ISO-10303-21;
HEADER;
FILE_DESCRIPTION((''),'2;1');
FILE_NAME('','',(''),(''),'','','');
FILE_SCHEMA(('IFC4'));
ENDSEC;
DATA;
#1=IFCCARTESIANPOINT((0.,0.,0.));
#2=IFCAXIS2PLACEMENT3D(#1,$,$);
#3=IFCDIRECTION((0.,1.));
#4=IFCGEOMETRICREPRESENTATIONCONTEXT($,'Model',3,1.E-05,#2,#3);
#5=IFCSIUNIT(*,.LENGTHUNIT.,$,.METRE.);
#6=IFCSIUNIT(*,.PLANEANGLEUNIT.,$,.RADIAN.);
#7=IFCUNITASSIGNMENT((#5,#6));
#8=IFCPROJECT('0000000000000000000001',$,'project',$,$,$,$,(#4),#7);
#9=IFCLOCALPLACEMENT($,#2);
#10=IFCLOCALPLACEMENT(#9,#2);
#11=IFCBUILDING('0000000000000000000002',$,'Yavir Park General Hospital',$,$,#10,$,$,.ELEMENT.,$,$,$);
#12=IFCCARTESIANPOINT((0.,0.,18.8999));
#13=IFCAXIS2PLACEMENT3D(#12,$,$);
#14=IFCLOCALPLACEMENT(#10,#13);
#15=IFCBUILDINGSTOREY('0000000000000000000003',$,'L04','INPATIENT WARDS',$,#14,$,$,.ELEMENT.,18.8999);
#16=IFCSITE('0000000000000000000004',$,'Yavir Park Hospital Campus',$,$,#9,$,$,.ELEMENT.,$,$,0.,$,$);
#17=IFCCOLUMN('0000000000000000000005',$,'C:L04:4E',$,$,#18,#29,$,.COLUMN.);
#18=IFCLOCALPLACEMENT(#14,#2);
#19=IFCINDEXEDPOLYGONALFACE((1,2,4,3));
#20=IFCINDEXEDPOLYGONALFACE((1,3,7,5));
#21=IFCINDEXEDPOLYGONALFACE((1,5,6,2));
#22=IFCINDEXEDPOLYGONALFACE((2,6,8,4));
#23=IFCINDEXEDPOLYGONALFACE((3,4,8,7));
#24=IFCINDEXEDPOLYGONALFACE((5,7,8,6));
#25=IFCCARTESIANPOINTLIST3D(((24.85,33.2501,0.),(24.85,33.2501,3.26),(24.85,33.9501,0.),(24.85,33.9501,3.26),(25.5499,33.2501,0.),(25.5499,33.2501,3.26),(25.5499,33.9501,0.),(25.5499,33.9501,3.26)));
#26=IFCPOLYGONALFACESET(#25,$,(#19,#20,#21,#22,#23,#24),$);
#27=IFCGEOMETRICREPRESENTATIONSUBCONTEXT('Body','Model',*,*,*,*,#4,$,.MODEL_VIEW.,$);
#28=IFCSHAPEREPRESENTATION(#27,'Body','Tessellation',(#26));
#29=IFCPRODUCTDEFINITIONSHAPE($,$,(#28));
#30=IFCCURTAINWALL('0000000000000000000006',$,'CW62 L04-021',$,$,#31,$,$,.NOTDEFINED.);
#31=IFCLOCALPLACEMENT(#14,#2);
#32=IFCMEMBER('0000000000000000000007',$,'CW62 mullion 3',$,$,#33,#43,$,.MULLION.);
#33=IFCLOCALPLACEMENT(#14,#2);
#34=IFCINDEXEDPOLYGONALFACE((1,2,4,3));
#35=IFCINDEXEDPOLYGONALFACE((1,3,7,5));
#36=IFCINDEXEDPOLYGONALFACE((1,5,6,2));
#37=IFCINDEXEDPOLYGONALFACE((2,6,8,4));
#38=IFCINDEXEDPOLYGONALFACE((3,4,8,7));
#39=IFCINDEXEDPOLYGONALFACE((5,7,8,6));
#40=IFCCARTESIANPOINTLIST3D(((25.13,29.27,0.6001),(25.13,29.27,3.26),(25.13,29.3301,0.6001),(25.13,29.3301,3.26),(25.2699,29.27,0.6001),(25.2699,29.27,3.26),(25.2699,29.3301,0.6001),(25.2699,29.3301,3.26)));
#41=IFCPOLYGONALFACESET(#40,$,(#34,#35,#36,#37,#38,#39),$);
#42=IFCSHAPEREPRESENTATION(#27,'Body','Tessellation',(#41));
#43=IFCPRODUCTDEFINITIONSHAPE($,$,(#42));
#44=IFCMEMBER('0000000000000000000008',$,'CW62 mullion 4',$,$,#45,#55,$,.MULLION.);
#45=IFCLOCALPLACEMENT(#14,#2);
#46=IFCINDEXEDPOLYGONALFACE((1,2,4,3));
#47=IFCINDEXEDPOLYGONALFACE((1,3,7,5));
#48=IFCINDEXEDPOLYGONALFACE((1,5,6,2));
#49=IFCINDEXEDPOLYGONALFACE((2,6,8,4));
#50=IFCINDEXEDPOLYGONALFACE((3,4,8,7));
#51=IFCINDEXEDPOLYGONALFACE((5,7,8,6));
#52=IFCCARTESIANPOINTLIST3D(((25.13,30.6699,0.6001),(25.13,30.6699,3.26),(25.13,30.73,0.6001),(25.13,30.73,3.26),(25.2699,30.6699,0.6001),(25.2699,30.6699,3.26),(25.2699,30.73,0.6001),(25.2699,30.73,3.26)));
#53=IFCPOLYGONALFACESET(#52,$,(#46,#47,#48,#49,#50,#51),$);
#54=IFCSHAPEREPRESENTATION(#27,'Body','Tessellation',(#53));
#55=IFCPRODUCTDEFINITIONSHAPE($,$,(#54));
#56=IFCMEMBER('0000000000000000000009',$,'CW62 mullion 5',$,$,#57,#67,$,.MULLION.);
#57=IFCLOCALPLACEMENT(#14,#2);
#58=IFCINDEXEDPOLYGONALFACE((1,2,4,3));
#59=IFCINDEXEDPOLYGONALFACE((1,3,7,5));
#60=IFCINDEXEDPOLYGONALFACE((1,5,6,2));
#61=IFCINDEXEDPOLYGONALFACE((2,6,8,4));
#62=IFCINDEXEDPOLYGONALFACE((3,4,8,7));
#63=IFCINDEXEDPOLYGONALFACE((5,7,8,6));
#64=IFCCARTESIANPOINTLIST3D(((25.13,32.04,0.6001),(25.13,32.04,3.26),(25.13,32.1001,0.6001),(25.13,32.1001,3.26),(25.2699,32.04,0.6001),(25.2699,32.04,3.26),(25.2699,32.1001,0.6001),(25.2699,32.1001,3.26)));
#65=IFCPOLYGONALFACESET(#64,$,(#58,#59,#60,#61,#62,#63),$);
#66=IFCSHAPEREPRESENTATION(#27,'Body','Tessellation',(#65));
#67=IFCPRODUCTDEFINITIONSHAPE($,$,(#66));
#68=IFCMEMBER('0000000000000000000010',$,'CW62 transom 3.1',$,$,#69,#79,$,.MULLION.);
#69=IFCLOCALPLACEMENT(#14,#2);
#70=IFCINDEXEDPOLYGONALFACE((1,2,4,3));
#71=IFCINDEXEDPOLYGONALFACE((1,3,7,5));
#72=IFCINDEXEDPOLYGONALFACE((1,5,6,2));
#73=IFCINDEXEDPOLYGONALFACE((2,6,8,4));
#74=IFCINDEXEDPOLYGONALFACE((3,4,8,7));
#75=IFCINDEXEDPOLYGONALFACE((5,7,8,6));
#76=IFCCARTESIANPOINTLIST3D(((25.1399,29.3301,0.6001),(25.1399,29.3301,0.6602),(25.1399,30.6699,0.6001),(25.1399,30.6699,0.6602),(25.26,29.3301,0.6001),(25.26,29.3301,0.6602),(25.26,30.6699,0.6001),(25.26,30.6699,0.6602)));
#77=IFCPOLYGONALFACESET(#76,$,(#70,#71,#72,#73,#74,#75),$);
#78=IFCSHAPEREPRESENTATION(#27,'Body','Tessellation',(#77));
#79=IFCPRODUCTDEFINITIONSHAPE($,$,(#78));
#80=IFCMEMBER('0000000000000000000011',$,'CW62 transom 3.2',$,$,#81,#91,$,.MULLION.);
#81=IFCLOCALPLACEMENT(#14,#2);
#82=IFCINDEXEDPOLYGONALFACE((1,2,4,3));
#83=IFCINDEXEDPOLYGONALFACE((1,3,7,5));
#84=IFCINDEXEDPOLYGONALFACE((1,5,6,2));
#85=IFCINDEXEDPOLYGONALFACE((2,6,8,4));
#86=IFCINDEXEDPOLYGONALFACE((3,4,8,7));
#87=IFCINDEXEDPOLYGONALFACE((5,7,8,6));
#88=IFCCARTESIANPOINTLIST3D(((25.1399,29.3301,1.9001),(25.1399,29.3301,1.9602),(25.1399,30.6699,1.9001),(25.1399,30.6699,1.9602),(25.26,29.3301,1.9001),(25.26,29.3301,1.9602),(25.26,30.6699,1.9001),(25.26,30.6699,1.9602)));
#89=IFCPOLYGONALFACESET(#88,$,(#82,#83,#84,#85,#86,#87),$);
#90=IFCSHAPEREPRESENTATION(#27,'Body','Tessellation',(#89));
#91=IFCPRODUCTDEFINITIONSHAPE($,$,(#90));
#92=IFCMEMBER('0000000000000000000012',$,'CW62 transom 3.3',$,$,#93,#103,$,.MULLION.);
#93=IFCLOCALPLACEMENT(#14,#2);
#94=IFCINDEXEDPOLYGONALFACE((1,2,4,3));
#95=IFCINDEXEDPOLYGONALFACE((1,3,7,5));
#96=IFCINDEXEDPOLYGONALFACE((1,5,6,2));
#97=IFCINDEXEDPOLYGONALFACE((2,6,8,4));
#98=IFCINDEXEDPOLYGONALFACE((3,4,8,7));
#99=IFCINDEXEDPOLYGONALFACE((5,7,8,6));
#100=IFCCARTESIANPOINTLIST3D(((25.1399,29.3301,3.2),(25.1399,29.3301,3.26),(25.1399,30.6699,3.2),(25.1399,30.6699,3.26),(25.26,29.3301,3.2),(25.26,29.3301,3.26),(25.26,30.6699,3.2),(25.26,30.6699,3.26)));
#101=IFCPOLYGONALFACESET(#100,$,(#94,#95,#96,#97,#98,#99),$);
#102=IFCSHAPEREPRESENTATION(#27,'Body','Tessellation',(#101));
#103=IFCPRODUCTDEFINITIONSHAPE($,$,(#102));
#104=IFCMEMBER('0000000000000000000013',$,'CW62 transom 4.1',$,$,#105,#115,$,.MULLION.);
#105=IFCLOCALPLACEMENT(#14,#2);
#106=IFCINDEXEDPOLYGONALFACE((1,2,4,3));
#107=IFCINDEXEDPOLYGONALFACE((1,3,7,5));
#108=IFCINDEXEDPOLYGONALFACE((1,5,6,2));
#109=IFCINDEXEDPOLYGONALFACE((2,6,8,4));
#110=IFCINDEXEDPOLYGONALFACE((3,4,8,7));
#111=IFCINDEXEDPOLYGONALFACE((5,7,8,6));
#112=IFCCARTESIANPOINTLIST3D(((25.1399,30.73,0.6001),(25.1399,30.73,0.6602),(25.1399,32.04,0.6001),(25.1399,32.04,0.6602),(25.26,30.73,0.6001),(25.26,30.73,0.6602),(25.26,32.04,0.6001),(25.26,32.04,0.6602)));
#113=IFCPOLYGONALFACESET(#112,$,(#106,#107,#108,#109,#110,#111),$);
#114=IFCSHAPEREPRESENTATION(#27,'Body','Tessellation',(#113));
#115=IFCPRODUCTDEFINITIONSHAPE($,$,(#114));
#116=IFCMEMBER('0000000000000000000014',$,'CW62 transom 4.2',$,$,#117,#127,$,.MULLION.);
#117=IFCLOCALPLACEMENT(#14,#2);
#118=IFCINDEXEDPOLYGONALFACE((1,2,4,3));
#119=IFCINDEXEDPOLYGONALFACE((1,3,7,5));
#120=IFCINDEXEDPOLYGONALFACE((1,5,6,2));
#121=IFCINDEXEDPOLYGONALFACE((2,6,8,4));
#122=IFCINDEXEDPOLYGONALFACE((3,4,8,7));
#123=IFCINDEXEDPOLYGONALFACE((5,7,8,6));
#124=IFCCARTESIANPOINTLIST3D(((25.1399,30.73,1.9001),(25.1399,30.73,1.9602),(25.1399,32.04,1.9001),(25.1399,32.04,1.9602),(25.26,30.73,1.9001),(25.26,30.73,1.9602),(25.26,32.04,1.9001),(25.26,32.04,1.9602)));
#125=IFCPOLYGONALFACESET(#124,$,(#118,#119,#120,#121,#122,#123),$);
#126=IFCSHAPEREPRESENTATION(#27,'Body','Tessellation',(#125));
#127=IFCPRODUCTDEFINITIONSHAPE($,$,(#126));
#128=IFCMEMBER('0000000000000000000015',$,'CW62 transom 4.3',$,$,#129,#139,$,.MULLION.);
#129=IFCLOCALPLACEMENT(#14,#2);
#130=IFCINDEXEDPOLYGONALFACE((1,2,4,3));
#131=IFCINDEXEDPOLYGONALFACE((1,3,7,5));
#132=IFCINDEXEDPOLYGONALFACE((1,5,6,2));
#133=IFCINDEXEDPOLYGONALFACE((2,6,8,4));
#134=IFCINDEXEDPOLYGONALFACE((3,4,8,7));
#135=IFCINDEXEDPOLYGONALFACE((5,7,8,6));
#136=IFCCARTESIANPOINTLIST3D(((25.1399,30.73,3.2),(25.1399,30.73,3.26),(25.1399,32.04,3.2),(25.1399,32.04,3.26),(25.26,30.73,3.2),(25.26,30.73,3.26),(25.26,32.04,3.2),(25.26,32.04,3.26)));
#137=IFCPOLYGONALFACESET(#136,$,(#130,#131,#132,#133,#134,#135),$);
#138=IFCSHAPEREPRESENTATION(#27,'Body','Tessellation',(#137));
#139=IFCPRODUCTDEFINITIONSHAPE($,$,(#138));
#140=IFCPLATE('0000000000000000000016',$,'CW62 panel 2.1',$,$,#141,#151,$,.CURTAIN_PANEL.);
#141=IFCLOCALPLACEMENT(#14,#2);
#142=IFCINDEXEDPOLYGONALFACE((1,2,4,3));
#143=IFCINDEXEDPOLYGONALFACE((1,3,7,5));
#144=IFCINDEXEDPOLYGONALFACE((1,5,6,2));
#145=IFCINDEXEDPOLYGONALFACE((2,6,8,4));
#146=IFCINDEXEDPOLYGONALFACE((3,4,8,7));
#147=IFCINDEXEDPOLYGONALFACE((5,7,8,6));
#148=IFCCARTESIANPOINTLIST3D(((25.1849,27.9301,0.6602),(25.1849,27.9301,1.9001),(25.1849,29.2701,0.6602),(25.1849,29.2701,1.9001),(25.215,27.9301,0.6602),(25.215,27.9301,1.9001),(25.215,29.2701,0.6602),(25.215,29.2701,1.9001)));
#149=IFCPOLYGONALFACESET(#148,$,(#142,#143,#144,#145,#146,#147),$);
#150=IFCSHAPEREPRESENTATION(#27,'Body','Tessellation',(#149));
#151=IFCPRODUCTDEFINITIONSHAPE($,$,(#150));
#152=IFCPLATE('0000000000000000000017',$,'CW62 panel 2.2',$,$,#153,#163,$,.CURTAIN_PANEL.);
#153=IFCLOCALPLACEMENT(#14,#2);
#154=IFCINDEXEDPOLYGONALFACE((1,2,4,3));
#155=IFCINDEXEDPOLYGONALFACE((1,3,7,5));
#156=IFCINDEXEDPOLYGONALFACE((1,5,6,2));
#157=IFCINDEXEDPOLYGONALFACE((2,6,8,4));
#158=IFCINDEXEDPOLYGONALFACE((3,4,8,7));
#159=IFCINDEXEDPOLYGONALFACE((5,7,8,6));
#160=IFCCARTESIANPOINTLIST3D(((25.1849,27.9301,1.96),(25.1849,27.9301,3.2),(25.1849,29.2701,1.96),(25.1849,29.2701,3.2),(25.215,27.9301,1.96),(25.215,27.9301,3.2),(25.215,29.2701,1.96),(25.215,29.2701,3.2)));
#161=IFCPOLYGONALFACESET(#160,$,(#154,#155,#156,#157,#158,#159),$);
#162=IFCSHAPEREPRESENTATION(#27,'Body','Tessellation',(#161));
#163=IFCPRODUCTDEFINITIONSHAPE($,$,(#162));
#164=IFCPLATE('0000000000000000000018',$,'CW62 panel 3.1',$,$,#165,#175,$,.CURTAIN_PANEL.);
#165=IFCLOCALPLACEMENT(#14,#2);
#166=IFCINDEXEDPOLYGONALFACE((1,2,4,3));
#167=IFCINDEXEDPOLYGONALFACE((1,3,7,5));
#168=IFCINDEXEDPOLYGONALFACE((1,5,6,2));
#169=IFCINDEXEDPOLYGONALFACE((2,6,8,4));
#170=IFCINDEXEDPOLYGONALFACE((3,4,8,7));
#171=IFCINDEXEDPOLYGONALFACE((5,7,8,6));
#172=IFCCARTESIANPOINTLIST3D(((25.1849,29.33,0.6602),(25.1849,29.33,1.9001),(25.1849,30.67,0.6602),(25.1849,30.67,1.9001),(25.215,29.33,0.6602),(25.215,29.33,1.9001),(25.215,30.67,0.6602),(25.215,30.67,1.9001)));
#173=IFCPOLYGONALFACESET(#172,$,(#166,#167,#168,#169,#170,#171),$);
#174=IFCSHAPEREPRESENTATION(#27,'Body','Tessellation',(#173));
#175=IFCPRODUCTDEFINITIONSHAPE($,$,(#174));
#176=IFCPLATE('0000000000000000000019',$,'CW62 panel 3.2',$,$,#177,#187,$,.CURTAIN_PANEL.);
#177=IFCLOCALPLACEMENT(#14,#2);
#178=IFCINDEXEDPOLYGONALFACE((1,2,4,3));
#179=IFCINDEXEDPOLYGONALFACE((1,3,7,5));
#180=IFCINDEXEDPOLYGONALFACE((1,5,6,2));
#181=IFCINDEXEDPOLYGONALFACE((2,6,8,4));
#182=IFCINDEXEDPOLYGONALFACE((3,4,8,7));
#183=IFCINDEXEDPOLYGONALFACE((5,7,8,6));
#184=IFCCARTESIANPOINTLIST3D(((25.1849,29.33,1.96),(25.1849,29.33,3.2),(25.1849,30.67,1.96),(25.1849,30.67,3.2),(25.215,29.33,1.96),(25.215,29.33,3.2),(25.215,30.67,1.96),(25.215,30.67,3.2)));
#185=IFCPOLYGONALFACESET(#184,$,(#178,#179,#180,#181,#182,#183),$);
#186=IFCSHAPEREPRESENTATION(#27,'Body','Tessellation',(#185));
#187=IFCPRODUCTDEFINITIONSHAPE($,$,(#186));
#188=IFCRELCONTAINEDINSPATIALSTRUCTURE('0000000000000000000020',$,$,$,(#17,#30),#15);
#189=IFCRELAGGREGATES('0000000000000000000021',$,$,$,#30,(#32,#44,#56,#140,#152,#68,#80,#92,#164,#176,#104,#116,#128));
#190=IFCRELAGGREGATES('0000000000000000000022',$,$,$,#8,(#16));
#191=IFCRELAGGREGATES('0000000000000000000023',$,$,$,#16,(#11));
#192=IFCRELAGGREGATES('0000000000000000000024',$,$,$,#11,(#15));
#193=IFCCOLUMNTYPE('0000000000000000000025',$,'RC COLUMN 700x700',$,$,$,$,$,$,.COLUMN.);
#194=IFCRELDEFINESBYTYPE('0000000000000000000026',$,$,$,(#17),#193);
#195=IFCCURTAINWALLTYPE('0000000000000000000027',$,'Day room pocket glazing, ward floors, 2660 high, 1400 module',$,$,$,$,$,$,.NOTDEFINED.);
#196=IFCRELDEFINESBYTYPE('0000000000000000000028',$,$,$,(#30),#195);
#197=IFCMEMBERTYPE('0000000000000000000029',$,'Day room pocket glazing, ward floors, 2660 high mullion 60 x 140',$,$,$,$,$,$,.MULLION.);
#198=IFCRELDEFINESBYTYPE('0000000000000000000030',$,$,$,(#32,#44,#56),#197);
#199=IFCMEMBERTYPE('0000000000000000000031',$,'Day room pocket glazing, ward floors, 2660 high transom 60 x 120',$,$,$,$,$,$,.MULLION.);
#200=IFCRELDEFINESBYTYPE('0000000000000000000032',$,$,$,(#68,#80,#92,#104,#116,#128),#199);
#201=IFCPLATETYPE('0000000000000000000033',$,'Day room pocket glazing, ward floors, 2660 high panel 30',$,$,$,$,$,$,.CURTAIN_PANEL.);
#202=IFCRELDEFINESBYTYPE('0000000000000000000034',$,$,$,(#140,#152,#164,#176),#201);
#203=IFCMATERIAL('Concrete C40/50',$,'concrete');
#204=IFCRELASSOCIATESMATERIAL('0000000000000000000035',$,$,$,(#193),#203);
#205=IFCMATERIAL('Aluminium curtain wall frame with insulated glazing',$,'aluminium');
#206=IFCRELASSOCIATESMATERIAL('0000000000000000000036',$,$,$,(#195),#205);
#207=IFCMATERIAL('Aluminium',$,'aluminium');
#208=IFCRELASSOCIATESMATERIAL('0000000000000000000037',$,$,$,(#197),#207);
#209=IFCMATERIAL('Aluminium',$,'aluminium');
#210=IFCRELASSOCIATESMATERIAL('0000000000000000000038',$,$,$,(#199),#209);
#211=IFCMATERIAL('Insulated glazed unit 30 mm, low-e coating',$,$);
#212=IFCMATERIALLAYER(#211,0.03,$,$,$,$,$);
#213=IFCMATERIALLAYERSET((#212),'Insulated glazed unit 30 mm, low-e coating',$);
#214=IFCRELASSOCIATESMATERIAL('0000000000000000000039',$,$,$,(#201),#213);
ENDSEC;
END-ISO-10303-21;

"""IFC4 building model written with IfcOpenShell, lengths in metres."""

from ifc_helpers import new_model, si_unit, direction, frame, origin, origin_2d, place, context, subcontext, project, spatial, rectangle, extrude, material, layer, layer_set, material_profile, profile_set, type_object, element, aggregate, save


model = new_model("IFC4")

# Units and contexts
model_context = context("Model", 3, precision=1e-05, world=origin(), true_north=direction((0.0, 1.0)))
body_context = subcontext(model_context, "Body", "Model", "MODEL_VIEW")
ifc_project = project(units=[si_unit("LENGTHUNIT", "METRE"), si_unit("PLANEANGLEUNIT", "RADIAN")], contexts=[model_context])

# Site, building, storey
site_placement = place(None, origin())
site = spatial("IfcSite", under=ifc_project, at=site_placement, Name="Yavir Park Hospital Campus", CompositionType="ELEMENT", RefElevation=0.0)
building_placement = place(site_placement, origin())
building = spatial("IfcBuilding", under=site, at=building_placement, Name="Yavir Park General Hospital", CompositionType="ELEMENT")
storey_placement = place(building_placement, frame((0.0, 0.0, 18.8999)))
storey = spatial("IfcBuildingStorey", under=building, at=storey_placement, Name="L04", Description="INPATIENT WARDS", CompositionType="ELEMENT", Elevation=18.8999)

# Column
ifc_material_1 = material(Name="Concrete C40/50", Category="concrete")
ifc_material_profile_1 = material_profile(ifc_material_1, rectangle(XDim=0.7, YDim=0.7, at=origin_2d()), Name="RC700x700")
ifc_profile_set_1 = profile_set([ifc_material_profile_1], Name="Concrete C40/50")
column_type = type_object("IfcColumnType", Name="RC COLUMN 700x700", PredefinedType="COLUMN", material=ifc_profile_set_1)
column_placement = place(storey_placement, frame((25.2, 33.6001, 0.0), z_axis=(0.0, 0.0, 1.0), x_axis=(1.0, 0.0, 0.0)))
element("IfcColumn", 1, at=column_placement, inside=storey, type_object=column_type, Name="C:L04:4E", PredefinedType="COLUMN", context=body_context, shape_type="SweptSolid", body=[
    extrude(rectangle(XDim=0.7, YDim=0.7, at=origin_2d()), origin(), (0.0, 0.0, 1.0), 3.26),
])

# Curtain wall, members, plates
ifc_material_2 = material(Name="Aluminium curtain wall frame with insulated glazing", Category="aluminium")
curtain_wall_type = type_object("IfcCurtainWallType", Name="Day room pocket glazing, ward floors, 2660 high, 1400 module", PredefinedType="NOTDEFINED", material=ifc_material_2)
curtain_wall_placement = place(storey_placement, origin())
curtain_wall = element("IfcCurtainWall", 2, at=curtain_wall_placement, inside=storey, type_object=curtain_wall_type, Name="CW62 L04-021", PredefinedType="NOTDEFINED")
ifc_material_3 = material(Name="Aluminium", Category="aluminium")
ifc_material_profile_2 = material_profile(ifc_material_3, rectangle(XDim=0.1399, YDim=0.0601, at=origin_2d()), Name="AL 60x140")
ifc_profile_set_2 = profile_set([ifc_material_profile_2], Name="Aluminium")
member_type_1 = type_object("IfcMemberType", Name="Day room pocket glazing, ward floors, 2660 high mullion 60 x 140", PredefinedType="MULLION", material=ifc_profile_set_2)
member_1_placement = place(storey_placement, frame((25.2, 29.3, 0.6001), z_axis=(0.0, 0.0, 1.0), x_axis=(-1.0, 0.0, 0.0)))
member_1 = element("IfcMember", 3, at=member_1_placement, type_object=member_type_1, Name="CW62 mullion 3", PredefinedType="MULLION", context=body_context, shape_type="SweptSolid", body=[
    extrude(rectangle(XDim=0.1399, YDim=0.0601, at=origin_2d()), origin(), (0.0, 0.0, 1.0), 2.6599),
])
member_2_placement = place(storey_placement, frame((25.2, 30.7, 0.6001), z_axis=(0.0, 0.0, 1.0), x_axis=(-1.0, 0.0, 0.0)))
member_2 = element("IfcMember", 4, at=member_2_placement, type_object=member_type_1, Name="CW62 mullion 4", PredefinedType="MULLION", context=body_context, shape_type="SweptSolid", body=[
    extrude(rectangle(XDim=0.1399, YDim=0.0601, at=origin_2d()), origin(), (0.0, 0.0, 1.0), 2.6599),
])
member_3_placement = place(storey_placement, frame((25.2, 32.0701, 0.6001), z_axis=(0.0, 0.0, 1.0), x_axis=(-1.0, 0.0, 0.0)))
member_3 = element("IfcMember", 5, at=member_3_placement, type_object=member_type_1, Name="CW62 mullion 5", PredefinedType="MULLION", context=body_context, shape_type="SweptSolid", body=[
    extrude(rectangle(XDim=0.1399, YDim=0.0601, at=origin_2d()), origin(), (0.0, 0.0, 1.0), 2.6599),
])
ifc_material_4 = material(Name="Aluminium", Category="aluminium")
ifc_material_profile_3 = material_profile(ifc_material_4, rectangle(XDim=0.1201, YDim=0.0601, at=origin_2d()), Name="AL 120x60")
ifc_profile_set_3 = profile_set([ifc_material_profile_3], Name="Aluminium")
member_type_2 = type_object("IfcMemberType", Name="Day room pocket glazing, ward floors, 2660 high transom 60 x 120", PredefinedType="MULLION", material=ifc_profile_set_3)
member_4_placement = place(storey_placement, frame((25.2, 29.3301, 0.6301), z_axis=(0.0, 1.0, 0.0), x_axis=(-1.0, 0.0, 0.0)))
member_4 = element("IfcMember", 6, at=member_4_placement, type_object=member_type_2, Name="CW62 transom 3.1", PredefinedType="MULLION", context=body_context, shape_type="SweptSolid", body=[
    extrude(rectangle(XDim=0.1201, YDim=0.0601, at=origin_2d()), origin(), (0.0, 0.0, 1.0), 1.3398),
])
member_5_placement = place(storey_placement, frame((25.2, 29.3301, 1.9302), z_axis=(0.0, 1.0, 0.0), x_axis=(-1.0, 0.0, 0.0)))
member_5 = element("IfcMember", 7, at=member_5_placement, type_object=member_type_2, Name="CW62 transom 3.2", PredefinedType="MULLION", context=body_context, shape_type="SweptSolid", body=[
    extrude(rectangle(XDim=0.1201, YDim=0.0601, at=origin_2d()), origin(), (0.0, 0.0, 1.0), 1.3398),
])
member_6_placement = place(storey_placement, frame((25.2, 29.3301, 3.23), z_axis=(0.0, 1.0, 0.0), x_axis=(-1.0, 0.0, 0.0)))
member_6 = element("IfcMember", 8, at=member_6_placement, type_object=member_type_2, Name="CW62 transom 3.3", PredefinedType="MULLION", context=body_context, shape_type="SweptSolid", body=[
    extrude(rectangle(XDim=0.1201, YDim=0.0601, at=origin_2d()), origin(), (0.0, 0.0, 1.0), 1.3398),
])
member_7_placement = place(storey_placement, frame((25.2, 30.73, 0.6301), z_axis=(0.0, 1.0, 0.0), x_axis=(-1.0, 0.0, 0.0)))
member_7 = element("IfcMember", 9, at=member_7_placement, type_object=member_type_2, Name="CW62 transom 4.1", PredefinedType="MULLION", context=body_context, shape_type="SweptSolid", body=[
    extrude(rectangle(XDim=0.1201, YDim=0.0601, at=origin_2d()), origin(), (0.0, 0.0, 1.0), 1.3101),
])
member_8_placement = place(storey_placement, frame((25.2, 30.73, 1.9302), z_axis=(0.0, 1.0, 0.0), x_axis=(-1.0, 0.0, 0.0)))
member_8 = element("IfcMember", 10, at=member_8_placement, type_object=member_type_2, Name="CW62 transom 4.2", PredefinedType="MULLION", context=body_context, shape_type="SweptSolid", body=[
    extrude(rectangle(XDim=0.1201, YDim=0.0601, at=origin_2d()), origin(), (0.0, 0.0, 1.0), 1.3101),
])
member_9_placement = place(storey_placement, frame((25.2, 30.73, 3.23), z_axis=(0.0, 1.0, 0.0), x_axis=(-1.0, 0.0, 0.0)))
member_9 = element("IfcMember", 11, at=member_9_placement, type_object=member_type_2, Name="CW62 transom 4.3", PredefinedType="MULLION", context=body_context, shape_type="SweptSolid", body=[
    extrude(rectangle(XDim=0.1201, YDim=0.0601, at=origin_2d()), origin(), (0.0, 0.0, 1.0), 1.3101),
])
ifc_material_5 = material(Name="Insulated glazed unit 30 mm, low-e coating")
ifc_layer_1 = layer(ifc_material_5, 0.03)
ifc_layer_set_1 = layer_set([ifc_layer_1], Name="Insulated glazed unit 30 mm, low-e coating")
plate_type = type_object("IfcPlateType", Name="Day room pocket glazing, ward floors, 2660 high panel 30", PredefinedType="CURTAIN_PANEL", material=ifc_layer_set_1)
plate_1_placement = place(storey_placement, frame((25.2, 28.6001, 0.6602), z_axis=(0.0, 0.0, 1.0), x_axis=(0.0, 1.0, 0.0)))
plate_1 = element("IfcPlate", 12, at=plate_1_placement, type_object=plate_type, Name="CW62 panel 2.1", PredefinedType="CURTAIN_PANEL", context=body_context, shape_type="SweptSolid", body=[
    extrude(rectangle(XDim=1.3401, YDim=0.03, at=origin_2d()), origin(), (0.0, 0.0, 1.0), 1.24),
])
plate_2_placement = place(storey_placement, frame((25.2, 28.6001, 1.96), z_axis=(0.0, 0.0, 1.0), x_axis=(0.0, 1.0, 0.0)))
plate_2 = element("IfcPlate", 13, at=plate_2_placement, type_object=plate_type, Name="CW62 panel 2.2", PredefinedType="CURTAIN_PANEL", context=body_context, shape_type="SweptSolid", body=[
    extrude(rectangle(XDim=1.3401, YDim=0.03, at=origin_2d()), origin(), (0.0, 0.0, 1.0), 1.24),
])
plate_3_placement = place(storey_placement, frame((25.2, 30.0, 0.6602), z_axis=(0.0, 0.0, 1.0), x_axis=(0.0, 1.0, 0.0)))
plate_3 = element("IfcPlate", 14, at=plate_3_placement, type_object=plate_type, Name="CW62 panel 3.1", PredefinedType="CURTAIN_PANEL", context=body_context, shape_type="SweptSolid", body=[
    extrude(rectangle(XDim=1.3401, YDim=0.03, at=origin_2d()), origin(), (0.0, 0.0, 1.0), 1.24),
])
plate_4_placement = place(storey_placement, frame((25.2, 30.0, 1.96), z_axis=(0.0, 0.0, 1.0), x_axis=(0.0, 1.0, 0.0)))
plate_4 = element("IfcPlate", 15, at=plate_4_placement, type_object=plate_type, Name="CW62 panel 3.2", PredefinedType="CURTAIN_PANEL", context=body_context, shape_type="SweptSolid", body=[
    extrude(rectangle(XDim=1.3401, YDim=0.03, at=origin_2d()), origin(), (0.0, 0.0, 1.0), 1.24),
])
aggregate(curtain_wall, [member_1, member_2, member_3, plate_1, plate_2, member_4, member_5, member_6, plate_3, plate_4, member_7, member_8, member_9])

save(model, "model.ifc")
